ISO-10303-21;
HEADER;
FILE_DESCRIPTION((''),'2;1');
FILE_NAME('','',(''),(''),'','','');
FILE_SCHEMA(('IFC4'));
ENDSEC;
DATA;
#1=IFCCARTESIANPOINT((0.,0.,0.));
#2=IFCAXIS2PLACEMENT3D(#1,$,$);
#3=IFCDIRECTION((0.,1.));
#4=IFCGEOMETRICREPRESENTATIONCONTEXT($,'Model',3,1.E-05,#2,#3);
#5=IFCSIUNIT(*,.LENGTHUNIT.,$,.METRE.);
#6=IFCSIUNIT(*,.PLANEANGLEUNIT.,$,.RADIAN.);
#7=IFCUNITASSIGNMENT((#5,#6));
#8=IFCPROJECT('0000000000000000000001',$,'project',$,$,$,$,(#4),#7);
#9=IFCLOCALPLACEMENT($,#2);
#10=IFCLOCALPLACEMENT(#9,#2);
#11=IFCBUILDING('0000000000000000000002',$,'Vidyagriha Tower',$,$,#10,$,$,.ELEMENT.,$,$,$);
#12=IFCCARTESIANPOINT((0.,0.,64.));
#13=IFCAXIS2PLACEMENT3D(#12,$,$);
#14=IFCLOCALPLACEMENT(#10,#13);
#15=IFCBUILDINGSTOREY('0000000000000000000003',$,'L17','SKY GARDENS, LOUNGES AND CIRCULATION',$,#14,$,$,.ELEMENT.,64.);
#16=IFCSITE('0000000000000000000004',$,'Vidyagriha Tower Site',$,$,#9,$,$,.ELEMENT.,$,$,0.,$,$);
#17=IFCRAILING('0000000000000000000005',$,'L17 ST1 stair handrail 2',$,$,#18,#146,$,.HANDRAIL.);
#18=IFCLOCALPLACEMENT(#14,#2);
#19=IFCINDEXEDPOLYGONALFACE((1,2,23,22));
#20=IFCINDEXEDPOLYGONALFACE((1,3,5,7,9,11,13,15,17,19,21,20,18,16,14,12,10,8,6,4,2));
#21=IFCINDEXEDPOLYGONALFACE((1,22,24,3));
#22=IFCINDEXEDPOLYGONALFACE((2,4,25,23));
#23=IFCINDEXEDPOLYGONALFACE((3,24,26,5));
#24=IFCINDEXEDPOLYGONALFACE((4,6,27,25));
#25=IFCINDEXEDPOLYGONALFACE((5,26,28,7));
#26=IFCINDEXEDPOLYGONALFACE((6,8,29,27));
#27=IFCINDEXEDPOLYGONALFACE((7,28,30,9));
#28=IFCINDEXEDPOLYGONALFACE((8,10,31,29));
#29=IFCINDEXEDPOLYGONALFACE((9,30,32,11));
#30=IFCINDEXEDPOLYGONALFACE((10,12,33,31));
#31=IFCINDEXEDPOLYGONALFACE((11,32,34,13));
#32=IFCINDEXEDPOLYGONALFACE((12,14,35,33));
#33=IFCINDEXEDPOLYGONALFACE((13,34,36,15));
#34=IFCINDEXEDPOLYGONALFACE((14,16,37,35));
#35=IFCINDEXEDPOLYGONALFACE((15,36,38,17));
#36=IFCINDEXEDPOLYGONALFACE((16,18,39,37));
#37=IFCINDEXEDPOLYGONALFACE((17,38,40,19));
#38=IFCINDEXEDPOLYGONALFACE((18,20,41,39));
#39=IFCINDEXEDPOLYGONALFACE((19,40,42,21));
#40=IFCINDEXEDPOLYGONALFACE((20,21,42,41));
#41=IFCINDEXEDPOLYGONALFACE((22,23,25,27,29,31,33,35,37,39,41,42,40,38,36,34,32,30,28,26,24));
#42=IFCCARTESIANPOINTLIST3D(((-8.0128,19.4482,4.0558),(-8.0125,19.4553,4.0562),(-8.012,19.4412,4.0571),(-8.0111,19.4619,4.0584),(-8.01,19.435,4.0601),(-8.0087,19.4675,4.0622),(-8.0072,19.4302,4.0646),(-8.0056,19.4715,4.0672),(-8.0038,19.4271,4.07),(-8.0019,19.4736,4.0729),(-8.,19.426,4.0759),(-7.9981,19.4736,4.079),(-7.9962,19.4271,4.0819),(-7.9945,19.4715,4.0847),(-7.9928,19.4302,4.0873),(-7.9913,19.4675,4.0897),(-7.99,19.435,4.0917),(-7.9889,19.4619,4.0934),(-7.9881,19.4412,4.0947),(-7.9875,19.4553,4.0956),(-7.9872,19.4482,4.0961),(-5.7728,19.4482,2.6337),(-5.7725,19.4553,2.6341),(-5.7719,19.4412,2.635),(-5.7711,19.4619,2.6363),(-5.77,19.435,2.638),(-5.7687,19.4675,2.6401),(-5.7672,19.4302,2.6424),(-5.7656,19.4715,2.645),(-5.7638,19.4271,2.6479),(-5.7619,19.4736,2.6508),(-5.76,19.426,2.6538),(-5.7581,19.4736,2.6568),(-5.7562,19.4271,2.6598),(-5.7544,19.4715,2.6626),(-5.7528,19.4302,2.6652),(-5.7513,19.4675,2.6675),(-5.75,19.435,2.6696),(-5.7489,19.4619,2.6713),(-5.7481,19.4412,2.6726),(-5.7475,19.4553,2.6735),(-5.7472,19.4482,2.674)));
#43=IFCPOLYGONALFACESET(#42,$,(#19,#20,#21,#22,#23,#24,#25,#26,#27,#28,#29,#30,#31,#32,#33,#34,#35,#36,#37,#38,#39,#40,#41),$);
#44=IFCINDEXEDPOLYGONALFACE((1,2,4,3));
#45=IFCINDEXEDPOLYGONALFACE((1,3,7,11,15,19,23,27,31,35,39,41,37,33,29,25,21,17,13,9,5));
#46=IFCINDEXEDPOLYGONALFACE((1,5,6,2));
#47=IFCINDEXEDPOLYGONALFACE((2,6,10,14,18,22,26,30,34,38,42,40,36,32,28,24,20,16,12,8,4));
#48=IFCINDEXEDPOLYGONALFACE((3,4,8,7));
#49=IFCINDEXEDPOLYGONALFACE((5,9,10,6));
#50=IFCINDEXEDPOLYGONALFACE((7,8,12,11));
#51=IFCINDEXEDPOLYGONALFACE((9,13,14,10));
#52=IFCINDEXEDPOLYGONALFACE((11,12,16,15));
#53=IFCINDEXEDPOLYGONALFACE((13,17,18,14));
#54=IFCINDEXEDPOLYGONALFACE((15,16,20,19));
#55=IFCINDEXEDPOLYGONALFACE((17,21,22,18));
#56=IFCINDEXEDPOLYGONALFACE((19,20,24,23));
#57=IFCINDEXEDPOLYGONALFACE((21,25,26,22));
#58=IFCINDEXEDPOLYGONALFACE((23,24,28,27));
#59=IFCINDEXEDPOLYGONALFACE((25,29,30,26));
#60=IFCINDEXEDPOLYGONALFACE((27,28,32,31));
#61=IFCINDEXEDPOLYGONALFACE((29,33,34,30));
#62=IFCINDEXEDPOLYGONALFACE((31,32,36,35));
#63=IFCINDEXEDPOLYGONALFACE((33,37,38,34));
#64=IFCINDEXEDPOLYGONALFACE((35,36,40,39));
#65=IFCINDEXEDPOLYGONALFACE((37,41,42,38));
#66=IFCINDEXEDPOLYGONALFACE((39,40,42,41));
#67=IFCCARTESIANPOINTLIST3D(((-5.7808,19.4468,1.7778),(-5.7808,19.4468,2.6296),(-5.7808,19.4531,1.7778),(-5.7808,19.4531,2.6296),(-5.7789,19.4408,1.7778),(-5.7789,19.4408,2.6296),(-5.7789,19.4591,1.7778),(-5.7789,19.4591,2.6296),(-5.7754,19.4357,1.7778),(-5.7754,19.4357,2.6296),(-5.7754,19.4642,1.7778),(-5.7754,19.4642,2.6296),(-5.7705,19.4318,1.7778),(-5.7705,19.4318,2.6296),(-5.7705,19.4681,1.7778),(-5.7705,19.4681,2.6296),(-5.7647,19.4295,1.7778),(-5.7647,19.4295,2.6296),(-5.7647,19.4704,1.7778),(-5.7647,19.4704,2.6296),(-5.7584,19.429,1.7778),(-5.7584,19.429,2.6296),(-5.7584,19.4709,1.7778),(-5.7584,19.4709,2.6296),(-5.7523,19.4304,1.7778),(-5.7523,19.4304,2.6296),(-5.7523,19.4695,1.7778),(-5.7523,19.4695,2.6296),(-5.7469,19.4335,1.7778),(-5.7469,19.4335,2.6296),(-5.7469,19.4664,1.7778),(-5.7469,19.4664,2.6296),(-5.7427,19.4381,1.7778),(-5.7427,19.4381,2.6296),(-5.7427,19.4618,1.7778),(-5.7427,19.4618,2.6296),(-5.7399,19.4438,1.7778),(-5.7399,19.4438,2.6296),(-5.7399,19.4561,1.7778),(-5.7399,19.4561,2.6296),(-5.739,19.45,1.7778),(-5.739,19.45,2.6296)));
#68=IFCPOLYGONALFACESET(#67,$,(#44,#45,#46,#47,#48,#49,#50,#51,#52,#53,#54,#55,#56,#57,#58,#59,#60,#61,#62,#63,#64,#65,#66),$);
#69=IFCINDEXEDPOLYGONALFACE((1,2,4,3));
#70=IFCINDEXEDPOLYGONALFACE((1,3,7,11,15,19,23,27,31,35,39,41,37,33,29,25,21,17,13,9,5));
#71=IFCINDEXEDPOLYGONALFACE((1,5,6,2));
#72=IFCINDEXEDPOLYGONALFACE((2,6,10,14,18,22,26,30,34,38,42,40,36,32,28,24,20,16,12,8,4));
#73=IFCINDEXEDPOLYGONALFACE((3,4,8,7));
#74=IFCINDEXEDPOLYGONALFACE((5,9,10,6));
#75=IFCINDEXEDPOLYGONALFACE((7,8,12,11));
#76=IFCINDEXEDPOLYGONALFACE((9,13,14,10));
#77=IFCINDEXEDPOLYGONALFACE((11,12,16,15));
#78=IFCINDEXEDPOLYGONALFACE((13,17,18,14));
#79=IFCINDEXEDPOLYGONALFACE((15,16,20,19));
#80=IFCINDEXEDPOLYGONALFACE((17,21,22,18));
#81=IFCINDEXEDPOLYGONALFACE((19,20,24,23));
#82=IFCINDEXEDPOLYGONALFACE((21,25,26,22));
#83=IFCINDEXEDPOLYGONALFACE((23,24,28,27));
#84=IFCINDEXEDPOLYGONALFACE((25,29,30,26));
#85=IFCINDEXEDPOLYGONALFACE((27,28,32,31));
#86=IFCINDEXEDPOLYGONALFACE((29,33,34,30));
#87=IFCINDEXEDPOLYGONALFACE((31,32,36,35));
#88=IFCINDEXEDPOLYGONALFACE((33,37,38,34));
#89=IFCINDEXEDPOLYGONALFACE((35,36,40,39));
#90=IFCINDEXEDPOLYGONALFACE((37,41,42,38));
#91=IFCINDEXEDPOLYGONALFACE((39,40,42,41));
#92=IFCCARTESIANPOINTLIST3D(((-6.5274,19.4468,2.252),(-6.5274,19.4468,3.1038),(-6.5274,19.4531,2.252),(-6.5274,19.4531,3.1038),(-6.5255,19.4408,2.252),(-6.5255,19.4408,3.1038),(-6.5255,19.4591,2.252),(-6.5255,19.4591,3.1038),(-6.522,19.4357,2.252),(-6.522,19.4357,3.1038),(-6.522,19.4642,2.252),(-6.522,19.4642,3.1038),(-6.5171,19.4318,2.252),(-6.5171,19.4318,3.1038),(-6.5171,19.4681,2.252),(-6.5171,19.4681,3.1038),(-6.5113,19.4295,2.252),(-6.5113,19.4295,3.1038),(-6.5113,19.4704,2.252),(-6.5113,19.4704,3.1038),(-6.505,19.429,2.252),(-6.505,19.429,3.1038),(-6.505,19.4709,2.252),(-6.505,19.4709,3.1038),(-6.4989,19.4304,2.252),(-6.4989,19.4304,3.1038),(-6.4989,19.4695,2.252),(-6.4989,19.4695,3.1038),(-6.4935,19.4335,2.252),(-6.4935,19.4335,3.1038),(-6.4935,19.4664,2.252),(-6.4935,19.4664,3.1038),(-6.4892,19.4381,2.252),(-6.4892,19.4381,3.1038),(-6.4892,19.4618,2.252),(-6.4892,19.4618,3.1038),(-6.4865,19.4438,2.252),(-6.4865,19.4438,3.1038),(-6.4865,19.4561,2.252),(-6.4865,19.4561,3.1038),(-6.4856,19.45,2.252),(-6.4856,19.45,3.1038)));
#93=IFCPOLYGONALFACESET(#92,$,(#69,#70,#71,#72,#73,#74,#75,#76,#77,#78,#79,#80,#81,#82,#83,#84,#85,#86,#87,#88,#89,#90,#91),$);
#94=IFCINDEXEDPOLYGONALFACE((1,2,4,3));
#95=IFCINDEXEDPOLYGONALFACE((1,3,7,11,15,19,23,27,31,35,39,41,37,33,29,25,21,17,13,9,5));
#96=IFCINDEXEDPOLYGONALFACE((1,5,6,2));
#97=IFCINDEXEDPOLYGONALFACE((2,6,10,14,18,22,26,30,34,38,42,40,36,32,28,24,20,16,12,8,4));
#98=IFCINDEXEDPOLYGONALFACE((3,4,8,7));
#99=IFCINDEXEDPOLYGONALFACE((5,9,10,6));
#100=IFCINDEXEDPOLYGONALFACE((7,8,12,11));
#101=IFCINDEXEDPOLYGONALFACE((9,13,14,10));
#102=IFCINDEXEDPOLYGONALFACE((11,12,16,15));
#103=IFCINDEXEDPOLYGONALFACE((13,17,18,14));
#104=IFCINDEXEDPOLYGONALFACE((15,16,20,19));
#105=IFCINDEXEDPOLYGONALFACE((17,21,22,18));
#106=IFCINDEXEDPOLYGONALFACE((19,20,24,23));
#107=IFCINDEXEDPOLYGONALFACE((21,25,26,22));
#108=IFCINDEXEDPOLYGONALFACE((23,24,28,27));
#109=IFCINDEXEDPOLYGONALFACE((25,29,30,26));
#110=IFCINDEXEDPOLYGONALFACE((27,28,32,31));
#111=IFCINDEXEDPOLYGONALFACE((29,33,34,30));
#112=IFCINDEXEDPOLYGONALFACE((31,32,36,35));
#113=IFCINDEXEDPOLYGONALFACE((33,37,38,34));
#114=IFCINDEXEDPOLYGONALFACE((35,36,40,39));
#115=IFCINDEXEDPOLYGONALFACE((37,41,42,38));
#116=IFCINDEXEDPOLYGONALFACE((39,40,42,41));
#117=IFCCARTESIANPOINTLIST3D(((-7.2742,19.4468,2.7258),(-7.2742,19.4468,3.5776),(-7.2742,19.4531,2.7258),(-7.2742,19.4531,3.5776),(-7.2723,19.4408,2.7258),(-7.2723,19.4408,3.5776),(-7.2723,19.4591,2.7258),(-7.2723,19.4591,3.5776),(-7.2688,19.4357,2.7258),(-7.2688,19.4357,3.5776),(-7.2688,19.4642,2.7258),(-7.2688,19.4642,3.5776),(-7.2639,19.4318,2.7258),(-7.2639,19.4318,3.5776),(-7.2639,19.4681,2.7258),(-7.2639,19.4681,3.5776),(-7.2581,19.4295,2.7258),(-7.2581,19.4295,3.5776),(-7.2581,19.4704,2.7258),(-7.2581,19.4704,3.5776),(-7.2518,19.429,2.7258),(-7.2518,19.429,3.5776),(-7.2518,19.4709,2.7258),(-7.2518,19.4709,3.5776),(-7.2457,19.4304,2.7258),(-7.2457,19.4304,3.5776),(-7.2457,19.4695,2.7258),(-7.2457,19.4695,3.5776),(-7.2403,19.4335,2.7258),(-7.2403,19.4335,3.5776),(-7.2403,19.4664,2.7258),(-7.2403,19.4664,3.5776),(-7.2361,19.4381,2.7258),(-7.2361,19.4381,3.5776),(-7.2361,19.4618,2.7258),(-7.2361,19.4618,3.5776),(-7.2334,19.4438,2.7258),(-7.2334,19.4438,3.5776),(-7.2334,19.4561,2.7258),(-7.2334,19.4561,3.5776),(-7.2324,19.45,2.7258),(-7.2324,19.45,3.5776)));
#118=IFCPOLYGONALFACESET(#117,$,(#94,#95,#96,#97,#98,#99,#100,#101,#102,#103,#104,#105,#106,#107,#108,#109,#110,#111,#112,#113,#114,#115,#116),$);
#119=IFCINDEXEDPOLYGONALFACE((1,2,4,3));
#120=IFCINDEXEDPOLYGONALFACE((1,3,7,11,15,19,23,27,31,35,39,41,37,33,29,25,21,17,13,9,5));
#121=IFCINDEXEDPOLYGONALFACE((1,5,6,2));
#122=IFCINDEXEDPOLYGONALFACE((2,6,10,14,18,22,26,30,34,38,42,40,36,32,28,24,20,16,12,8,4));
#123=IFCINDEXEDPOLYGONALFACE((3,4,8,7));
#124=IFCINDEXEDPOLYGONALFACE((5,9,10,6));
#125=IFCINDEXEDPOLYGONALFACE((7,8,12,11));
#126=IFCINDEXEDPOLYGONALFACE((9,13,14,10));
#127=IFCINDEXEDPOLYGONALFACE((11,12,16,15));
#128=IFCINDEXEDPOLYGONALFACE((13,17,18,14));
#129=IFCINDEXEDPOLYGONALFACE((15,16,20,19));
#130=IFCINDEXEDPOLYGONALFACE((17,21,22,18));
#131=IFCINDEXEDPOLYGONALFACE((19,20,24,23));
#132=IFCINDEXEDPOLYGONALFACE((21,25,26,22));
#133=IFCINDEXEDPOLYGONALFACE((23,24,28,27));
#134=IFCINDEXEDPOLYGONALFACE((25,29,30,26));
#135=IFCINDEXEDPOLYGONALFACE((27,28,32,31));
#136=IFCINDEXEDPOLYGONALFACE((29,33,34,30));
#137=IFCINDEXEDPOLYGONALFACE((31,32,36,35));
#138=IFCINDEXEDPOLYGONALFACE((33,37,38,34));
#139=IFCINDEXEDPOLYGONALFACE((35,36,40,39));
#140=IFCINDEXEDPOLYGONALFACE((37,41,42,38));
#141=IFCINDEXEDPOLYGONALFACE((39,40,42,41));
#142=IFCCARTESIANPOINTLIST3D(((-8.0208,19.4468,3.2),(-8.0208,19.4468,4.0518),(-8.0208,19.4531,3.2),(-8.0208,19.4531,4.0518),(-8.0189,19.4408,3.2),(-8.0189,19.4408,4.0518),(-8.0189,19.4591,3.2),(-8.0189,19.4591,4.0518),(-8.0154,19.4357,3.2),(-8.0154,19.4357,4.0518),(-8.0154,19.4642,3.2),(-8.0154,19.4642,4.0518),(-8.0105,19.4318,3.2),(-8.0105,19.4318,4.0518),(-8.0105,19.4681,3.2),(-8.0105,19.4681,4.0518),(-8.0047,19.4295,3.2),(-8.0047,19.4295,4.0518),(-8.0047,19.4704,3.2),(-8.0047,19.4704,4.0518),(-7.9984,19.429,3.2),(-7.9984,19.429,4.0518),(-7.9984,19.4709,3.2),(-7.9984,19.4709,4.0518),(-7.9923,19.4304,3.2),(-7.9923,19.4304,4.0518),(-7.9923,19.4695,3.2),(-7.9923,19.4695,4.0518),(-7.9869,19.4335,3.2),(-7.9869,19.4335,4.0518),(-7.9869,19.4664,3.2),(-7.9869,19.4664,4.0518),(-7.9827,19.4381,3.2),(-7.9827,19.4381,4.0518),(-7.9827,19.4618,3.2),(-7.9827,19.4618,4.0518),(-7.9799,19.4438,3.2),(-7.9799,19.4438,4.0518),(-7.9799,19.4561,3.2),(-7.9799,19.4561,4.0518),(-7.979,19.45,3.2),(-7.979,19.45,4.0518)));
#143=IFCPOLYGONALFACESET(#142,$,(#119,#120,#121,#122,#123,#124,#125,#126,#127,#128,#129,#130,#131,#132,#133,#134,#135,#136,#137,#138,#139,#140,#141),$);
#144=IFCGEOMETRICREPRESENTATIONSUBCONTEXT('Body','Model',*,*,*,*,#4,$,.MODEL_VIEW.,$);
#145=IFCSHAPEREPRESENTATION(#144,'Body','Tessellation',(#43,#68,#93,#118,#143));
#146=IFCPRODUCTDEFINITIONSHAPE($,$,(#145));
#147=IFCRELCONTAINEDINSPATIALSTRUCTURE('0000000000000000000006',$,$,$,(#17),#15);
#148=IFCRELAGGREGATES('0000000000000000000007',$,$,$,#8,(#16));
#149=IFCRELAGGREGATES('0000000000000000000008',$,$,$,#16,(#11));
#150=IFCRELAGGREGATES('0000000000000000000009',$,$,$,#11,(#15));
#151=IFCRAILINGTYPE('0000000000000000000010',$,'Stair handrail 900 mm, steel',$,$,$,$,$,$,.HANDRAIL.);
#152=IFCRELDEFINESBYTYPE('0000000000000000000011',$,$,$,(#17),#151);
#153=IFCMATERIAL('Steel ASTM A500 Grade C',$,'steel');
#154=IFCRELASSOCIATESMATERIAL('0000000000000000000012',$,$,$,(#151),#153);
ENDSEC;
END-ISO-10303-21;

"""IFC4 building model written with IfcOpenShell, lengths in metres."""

from ifc_helpers import new_model, si_unit, direction, frame, origin, origin_2d, place, context, subcontext, project, spatial, circle, extrude, material, type_object, element, save


model = new_model("IFC4")

# Units and contexts
model_context = context("Model", 3, precision=1e-05, world=origin(), true_north=direction((0.0, 1.0)))
body_context = subcontext(model_context, "Body", "Model", "MODEL_VIEW")
ifc_project = project(units=[si_unit("LENGTHUNIT", "METRE"), si_unit("PLANEANGLEUNIT", "RADIAN")], contexts=[model_context])

# Site, building, storey
site_placement = place(None, origin())
site = spatial("IfcSite", under=ifc_project, at=site_placement, Name="Vidyagriha Tower Site", CompositionType="ELEMENT", RefElevation=0.0)
building_placement = place(site_placement, origin())
building = spatial("IfcBuilding", under=site, at=building_placement, Name="Vidyagriha Tower", CompositionType="ELEMENT")
storey_placement = place(building_placement, frame((0.0, 0.0, 64.0)))
storey = spatial("IfcBuildingStorey", under=building, at=storey_placement, Name="L17", Description="SKY GARDENS, LOUNGES AND CIRCULATION", CompositionType="ELEMENT", Elevation=64.0)

# Railing
ifc_material_1 = material(Name="Steel ASTM A500 Grade C", Category="steel")
railing_type_1 = type_object("IfcRailingType", Name="Stair handrail 900 mm, steel", PredefinedType="HANDRAIL", material=ifc_material_1)
for number, where, name in (
    (1, (-5.76, 19.45, 1.7778), "L17 ST1 stair handrail 2"),
):
    element("IfcRailing", number, at=place(storey_placement, frame(where)), inside=storey, type_object=railing_type_1, Name=name, PredefinedType="HANDRAIL", context=body_context, shape_type="SweptSolid", body=[
        extrude(circle(Radius=0.0239, at=origin_2d()), frame((0.0, 0.0, 0.876), z_axis=(-0.844229, 0.0, 0.535982), x_axis=(0.0, -1.0, 0.0)), (0.0, 0.0, 1.0), 2.6533),
        extrude(circle(Radius=0.021, at=origin_2d()), origin(), (0.0, 0.0, 1.0), 0.8518),
        extrude(circle(Radius=0.021, at=origin_2d()), frame((-0.7466, 0.0, 0.4741)), (0.0, 0.0, 1.0), 0.8518),
        extrude(circle(Radius=0.021, at=origin_2d()), frame((-1.4934, 0.0, 0.948)), (0.0, 0.0, 1.0), 0.8518),
        extrude(circle(Radius=0.021, at=origin_2d()), frame((-2.24, 0.0, 1.4221)), (0.0, 0.0, 1.0), 0.8518),
    ])

save(model, "model.ifc")
